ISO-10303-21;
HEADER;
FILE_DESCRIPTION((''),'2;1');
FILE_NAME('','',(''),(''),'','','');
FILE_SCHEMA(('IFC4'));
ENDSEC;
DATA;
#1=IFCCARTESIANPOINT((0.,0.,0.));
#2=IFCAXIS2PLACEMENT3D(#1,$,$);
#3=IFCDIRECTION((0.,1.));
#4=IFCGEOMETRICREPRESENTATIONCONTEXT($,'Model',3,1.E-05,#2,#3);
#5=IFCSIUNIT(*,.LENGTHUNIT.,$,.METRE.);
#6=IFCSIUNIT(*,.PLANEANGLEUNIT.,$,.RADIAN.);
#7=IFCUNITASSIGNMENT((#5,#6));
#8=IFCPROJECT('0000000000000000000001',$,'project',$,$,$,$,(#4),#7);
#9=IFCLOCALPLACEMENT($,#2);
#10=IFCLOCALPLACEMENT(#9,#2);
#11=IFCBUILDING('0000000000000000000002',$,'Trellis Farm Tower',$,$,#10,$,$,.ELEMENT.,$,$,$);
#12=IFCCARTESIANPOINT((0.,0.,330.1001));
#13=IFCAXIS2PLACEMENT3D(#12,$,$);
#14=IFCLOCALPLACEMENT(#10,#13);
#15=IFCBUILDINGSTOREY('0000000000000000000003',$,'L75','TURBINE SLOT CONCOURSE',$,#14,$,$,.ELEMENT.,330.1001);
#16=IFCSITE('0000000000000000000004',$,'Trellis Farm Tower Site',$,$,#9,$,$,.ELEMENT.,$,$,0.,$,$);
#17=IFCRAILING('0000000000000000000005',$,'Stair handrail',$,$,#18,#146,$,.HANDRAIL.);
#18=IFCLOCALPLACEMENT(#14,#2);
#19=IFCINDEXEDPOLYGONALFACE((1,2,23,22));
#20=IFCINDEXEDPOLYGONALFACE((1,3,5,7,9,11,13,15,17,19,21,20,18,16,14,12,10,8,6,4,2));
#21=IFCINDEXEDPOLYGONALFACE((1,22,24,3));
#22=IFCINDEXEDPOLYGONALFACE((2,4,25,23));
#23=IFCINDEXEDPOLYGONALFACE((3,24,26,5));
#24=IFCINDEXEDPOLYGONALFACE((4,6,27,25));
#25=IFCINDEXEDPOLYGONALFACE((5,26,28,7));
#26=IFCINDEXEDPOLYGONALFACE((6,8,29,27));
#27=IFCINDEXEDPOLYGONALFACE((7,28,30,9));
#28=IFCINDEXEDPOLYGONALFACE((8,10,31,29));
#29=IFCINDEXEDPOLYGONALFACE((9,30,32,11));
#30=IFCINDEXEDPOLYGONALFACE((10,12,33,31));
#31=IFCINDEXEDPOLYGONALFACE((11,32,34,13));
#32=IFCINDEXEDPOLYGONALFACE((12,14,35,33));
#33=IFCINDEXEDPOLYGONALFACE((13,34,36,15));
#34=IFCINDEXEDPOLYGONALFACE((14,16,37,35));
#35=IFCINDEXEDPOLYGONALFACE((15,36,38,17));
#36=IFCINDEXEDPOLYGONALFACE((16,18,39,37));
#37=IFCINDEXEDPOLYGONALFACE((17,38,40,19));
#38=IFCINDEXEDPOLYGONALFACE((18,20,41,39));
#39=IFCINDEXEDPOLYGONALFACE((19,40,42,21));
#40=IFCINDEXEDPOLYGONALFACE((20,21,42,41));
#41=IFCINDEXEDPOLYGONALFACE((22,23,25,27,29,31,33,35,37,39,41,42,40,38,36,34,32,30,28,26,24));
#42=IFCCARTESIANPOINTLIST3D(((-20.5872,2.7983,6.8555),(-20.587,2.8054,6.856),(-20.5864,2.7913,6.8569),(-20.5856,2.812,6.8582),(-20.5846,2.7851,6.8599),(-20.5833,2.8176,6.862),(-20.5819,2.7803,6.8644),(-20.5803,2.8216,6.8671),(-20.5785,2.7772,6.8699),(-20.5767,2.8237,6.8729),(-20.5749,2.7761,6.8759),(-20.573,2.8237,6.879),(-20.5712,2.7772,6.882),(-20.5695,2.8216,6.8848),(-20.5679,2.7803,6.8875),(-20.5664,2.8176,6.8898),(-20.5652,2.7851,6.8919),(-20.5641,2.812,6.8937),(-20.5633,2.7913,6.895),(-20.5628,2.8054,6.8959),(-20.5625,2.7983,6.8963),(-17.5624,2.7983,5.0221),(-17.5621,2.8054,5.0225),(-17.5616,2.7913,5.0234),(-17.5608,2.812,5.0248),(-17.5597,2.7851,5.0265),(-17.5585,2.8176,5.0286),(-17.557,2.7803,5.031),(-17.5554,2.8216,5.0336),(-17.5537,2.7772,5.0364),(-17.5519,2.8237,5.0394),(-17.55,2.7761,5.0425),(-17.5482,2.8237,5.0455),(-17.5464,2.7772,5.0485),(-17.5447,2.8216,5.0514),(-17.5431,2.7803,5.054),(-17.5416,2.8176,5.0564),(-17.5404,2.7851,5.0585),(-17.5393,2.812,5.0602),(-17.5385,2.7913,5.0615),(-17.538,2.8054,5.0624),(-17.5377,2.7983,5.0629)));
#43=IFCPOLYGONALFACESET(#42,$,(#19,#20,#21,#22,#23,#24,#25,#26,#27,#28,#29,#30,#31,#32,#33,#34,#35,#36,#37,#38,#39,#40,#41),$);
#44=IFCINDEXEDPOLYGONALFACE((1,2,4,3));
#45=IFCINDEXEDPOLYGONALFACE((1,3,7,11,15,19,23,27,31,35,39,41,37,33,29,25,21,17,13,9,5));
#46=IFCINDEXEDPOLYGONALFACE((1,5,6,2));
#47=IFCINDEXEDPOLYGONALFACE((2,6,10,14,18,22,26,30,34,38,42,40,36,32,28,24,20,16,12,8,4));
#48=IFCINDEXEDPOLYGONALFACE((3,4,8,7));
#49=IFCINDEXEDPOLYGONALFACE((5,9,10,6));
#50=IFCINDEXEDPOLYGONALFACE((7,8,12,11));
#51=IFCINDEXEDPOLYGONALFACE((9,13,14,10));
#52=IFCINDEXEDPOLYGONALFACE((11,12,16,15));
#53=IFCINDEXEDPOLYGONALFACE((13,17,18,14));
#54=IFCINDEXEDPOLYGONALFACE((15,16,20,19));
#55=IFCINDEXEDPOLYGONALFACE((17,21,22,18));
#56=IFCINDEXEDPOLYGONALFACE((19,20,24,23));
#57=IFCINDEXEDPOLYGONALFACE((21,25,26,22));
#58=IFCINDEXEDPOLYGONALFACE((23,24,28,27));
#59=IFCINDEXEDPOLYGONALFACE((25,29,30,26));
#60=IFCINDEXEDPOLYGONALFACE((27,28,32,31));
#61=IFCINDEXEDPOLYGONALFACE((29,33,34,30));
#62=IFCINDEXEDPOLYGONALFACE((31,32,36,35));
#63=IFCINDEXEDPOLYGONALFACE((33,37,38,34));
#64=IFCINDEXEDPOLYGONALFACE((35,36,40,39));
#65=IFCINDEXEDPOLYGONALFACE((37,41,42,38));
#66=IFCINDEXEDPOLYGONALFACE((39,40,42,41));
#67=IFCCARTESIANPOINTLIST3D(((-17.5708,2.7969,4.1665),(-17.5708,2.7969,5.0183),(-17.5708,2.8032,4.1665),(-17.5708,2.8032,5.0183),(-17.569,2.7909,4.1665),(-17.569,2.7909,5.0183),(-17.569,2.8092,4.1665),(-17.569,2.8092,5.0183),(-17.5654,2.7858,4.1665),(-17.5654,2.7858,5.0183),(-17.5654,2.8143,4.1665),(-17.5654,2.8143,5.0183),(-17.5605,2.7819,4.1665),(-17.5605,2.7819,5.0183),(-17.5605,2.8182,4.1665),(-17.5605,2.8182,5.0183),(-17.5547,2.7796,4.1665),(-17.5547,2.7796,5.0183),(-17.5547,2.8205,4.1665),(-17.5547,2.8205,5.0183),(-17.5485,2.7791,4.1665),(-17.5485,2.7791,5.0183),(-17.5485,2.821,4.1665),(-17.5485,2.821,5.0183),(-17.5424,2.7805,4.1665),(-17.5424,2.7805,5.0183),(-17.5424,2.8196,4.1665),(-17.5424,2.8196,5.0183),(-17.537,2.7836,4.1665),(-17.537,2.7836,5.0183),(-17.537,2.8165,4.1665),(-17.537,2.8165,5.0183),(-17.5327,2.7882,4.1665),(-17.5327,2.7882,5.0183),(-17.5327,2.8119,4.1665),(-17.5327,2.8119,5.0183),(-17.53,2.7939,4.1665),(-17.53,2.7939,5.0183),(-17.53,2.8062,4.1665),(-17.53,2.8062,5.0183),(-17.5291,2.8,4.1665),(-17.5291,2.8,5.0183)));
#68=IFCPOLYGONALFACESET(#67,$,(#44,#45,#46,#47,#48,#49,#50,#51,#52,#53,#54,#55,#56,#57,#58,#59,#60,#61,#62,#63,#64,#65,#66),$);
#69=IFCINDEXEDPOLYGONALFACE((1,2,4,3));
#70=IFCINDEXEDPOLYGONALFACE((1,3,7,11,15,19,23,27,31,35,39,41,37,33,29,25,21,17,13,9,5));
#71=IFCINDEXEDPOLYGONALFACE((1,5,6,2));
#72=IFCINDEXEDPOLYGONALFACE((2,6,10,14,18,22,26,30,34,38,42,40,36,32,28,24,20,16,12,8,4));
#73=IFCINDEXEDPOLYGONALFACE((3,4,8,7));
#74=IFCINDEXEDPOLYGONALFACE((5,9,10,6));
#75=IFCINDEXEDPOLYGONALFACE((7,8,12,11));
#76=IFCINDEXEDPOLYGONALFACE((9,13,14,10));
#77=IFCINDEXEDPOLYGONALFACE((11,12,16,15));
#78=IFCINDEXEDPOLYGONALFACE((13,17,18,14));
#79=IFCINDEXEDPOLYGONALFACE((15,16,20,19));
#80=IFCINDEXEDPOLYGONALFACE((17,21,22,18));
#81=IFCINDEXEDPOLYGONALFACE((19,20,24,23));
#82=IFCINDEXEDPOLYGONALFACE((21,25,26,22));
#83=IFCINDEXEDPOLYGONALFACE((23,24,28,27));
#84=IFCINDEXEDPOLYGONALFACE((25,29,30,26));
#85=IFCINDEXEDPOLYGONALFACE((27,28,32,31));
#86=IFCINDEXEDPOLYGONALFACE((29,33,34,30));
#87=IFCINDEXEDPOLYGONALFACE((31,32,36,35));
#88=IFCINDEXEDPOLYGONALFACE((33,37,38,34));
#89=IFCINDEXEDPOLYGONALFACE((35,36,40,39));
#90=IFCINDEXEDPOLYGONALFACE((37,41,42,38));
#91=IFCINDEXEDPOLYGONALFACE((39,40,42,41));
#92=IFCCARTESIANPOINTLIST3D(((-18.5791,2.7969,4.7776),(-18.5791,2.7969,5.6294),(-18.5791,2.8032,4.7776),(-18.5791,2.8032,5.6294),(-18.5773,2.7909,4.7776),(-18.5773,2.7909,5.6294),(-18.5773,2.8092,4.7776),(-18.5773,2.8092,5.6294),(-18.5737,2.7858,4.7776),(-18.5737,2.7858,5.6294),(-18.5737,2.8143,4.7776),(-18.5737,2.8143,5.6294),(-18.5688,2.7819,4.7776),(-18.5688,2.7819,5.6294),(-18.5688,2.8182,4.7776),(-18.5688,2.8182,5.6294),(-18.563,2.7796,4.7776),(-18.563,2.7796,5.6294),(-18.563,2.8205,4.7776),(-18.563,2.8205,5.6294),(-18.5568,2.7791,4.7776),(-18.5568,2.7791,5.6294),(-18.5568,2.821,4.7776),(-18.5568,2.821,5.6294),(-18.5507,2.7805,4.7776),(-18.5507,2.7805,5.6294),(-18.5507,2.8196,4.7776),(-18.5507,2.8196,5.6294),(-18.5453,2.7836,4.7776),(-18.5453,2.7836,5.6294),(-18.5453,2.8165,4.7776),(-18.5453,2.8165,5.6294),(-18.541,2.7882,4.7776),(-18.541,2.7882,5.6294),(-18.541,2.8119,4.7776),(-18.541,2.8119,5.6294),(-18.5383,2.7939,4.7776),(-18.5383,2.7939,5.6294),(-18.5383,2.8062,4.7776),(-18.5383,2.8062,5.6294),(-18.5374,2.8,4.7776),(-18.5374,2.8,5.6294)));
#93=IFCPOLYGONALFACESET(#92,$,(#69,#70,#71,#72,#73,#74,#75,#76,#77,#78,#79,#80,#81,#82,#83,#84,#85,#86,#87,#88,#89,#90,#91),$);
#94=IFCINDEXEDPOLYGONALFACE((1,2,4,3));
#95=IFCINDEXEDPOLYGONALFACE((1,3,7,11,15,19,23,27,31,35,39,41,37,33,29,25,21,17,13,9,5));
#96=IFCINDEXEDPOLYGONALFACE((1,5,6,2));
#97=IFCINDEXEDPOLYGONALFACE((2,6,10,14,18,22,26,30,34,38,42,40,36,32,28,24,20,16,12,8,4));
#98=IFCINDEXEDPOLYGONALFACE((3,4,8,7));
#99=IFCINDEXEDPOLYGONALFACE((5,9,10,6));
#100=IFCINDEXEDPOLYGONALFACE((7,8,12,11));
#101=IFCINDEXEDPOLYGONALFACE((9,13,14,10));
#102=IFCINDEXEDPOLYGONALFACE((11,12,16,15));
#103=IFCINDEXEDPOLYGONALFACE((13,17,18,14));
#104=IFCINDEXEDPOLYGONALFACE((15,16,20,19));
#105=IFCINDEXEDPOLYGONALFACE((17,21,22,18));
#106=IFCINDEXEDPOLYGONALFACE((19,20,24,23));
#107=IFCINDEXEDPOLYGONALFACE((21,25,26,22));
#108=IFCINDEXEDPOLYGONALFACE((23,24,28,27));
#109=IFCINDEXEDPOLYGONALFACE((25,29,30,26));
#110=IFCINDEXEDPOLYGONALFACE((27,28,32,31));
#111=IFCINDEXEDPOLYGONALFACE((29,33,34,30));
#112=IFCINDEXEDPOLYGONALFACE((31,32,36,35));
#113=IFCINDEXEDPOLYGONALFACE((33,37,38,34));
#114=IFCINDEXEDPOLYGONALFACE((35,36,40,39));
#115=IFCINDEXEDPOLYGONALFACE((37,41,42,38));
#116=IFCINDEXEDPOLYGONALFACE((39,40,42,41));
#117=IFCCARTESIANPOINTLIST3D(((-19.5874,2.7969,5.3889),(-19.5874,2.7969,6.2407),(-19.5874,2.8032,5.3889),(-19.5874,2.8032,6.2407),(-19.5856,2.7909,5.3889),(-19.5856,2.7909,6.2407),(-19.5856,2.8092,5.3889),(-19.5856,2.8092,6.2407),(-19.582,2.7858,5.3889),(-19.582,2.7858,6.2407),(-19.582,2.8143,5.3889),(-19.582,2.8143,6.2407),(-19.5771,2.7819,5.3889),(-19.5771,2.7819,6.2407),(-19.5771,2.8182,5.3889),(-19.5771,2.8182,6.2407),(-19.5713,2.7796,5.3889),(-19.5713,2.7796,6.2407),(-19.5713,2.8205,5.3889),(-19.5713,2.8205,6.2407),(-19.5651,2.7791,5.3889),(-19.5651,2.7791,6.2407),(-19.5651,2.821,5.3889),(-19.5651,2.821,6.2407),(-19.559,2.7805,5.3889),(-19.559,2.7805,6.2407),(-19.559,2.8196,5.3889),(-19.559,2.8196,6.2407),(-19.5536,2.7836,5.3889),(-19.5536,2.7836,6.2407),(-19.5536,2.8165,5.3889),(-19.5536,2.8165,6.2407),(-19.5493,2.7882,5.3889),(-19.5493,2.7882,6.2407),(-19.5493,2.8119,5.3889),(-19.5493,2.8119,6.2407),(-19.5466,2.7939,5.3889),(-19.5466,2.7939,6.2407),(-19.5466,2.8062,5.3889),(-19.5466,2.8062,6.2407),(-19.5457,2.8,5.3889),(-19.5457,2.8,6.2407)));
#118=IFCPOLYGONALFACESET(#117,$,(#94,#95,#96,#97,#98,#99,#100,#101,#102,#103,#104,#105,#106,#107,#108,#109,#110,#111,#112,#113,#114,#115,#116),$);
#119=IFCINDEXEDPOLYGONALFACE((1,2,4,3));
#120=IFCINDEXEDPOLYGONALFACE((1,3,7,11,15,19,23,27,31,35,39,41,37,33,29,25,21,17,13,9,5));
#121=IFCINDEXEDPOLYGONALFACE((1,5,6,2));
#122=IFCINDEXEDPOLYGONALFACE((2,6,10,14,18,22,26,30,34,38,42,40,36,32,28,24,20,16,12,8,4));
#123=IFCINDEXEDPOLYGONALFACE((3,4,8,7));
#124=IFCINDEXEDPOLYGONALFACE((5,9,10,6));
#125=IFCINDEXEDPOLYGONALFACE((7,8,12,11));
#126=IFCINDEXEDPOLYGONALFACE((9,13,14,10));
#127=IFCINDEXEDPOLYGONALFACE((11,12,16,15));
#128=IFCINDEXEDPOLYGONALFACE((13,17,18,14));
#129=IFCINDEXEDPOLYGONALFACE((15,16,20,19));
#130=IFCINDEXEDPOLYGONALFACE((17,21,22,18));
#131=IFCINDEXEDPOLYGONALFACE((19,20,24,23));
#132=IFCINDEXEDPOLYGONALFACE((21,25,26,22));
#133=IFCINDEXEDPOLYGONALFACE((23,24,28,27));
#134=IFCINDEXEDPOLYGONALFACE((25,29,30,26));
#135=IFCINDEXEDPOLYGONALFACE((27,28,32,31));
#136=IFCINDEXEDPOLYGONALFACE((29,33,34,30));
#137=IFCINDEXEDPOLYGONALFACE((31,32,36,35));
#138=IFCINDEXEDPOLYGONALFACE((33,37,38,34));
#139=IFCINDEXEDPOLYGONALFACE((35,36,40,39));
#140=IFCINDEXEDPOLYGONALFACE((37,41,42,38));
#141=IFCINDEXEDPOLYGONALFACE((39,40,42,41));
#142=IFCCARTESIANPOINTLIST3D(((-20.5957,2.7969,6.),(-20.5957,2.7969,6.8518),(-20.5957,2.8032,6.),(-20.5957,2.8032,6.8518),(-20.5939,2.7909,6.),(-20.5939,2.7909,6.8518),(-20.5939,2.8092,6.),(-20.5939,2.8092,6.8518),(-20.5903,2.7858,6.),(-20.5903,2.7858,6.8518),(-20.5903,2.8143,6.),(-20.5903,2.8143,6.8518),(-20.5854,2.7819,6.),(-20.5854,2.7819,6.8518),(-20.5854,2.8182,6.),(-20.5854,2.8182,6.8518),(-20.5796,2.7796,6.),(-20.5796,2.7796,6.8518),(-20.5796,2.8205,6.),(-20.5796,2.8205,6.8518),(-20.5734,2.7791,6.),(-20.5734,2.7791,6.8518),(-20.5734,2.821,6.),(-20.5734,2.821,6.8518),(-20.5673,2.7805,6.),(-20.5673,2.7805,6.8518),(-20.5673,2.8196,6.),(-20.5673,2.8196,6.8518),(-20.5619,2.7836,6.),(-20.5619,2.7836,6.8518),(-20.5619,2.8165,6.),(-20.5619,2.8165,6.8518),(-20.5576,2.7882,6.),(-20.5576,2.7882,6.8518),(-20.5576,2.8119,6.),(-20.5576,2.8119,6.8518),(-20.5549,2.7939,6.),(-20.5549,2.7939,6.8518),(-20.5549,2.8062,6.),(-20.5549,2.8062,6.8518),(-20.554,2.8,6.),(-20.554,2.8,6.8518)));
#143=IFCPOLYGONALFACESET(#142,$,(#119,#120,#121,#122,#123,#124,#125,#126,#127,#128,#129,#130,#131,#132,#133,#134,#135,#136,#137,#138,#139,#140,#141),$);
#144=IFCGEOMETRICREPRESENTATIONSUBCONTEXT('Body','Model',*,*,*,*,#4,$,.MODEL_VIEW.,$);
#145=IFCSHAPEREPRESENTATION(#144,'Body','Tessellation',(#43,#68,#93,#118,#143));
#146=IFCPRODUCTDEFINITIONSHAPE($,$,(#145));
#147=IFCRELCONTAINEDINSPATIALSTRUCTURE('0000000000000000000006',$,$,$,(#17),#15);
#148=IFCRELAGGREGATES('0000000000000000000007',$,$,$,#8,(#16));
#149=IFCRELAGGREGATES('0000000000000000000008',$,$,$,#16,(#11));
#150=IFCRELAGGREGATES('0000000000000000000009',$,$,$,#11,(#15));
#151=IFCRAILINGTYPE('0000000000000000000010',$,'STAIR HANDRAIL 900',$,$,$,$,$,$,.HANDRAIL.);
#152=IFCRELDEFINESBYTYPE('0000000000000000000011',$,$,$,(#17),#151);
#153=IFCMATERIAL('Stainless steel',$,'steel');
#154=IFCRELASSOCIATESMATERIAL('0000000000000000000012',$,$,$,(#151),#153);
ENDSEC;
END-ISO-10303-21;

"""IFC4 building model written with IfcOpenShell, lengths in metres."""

from ifc_helpers import new_model, si_unit, direction, frame, origin, origin_2d, place, context, subcontext, project, spatial, circle, extrude, source, transform, mapped, material, type_object, element, save


model = new_model("IFC4")

# Units and contexts
model_context = context("Model", 3, precision=1e-05, world=origin(), true_north=direction((0.0, 1.0)))
body_context = subcontext(model_context, "Body", "Model", "MODEL_VIEW")
ifc_project = project(units=[si_unit("LENGTHUNIT", "METRE"), si_unit("PLANEANGLEUNIT", "RADIAN")], contexts=[model_context])

# Site, building, storey
site_placement = place(None, origin())
site = spatial("IfcSite", under=ifc_project, at=site_placement, Name="Trellis Farm Tower Site", CompositionType="ELEMENT", RefElevation=0.0)
building_placement = place(site_placement, origin())
building = spatial("IfcBuilding", under=site, at=building_placement, Name="Trellis Farm Tower", CompositionType="ELEMENT")
storey_placement = place(building_placement, frame((0.0, 0.0, 330.1001)))
storey = spatial("IfcBuildingStorey", under=building, at=storey_placement, Name="L75", Description="TURBINE SLOT CONCOURSE", CompositionType="ELEMENT", Elevation=330.1001)

# Railing
ifc_material_1 = material(Name="Stainless steel", Category="steel")
railing_type_1 = type_object("IfcRailingType", Name="STAIR HANDRAIL 900", PredefinedType="HANDRAIL", material=ifc_material_1)
shared_shape_1 = source(origin(), body_context, "Body", "SweptSolid", [
    extrude(circle(Radius=0.0239, at=origin_2d()), frame((0.0, 0.0, 0.876), z_axis=(-0.85517, 0.0, 0.518348), x_axis=(0.0, -1.0, 0.0)), (0.0, 0.0, 1.0), 3.5371),
    extrude(circle(Radius=0.021, at=origin_2d()), origin(), (0.0, 0.0, 1.0), 0.8518),
    extrude(circle(Radius=0.021, at=origin_2d()), frame((-1.0083, 0.0, 0.6111)), (0.0, 0.0, 1.0), 0.8518),
    extrude(circle(Radius=0.021, at=origin_2d()), frame((-2.0166, 0.0, 1.2224)), (0.0, 0.0, 1.0), 0.8518),
    extrude(circle(Radius=0.021, at=origin_2d()), frame((-3.0249, 0.0, 1.8335)), (0.0, 0.0, 1.0), 0.8518),
])
for number, where, name in (
    (1, (-17.55, 2.8, 4.1665), "Stair handrail"),
):
    element("IfcRailing", number, at=place(storey_placement, frame(where)), inside=storey, type_object=railing_type_1, Name=name, PredefinedType="HANDRAIL", context=body_context, shape_type="MappedRepresentation", body=[
        mapped(shared_shape_1, transform((0.0, 0.0, 0.0))),
    ])

save(model, "model.ifc")
